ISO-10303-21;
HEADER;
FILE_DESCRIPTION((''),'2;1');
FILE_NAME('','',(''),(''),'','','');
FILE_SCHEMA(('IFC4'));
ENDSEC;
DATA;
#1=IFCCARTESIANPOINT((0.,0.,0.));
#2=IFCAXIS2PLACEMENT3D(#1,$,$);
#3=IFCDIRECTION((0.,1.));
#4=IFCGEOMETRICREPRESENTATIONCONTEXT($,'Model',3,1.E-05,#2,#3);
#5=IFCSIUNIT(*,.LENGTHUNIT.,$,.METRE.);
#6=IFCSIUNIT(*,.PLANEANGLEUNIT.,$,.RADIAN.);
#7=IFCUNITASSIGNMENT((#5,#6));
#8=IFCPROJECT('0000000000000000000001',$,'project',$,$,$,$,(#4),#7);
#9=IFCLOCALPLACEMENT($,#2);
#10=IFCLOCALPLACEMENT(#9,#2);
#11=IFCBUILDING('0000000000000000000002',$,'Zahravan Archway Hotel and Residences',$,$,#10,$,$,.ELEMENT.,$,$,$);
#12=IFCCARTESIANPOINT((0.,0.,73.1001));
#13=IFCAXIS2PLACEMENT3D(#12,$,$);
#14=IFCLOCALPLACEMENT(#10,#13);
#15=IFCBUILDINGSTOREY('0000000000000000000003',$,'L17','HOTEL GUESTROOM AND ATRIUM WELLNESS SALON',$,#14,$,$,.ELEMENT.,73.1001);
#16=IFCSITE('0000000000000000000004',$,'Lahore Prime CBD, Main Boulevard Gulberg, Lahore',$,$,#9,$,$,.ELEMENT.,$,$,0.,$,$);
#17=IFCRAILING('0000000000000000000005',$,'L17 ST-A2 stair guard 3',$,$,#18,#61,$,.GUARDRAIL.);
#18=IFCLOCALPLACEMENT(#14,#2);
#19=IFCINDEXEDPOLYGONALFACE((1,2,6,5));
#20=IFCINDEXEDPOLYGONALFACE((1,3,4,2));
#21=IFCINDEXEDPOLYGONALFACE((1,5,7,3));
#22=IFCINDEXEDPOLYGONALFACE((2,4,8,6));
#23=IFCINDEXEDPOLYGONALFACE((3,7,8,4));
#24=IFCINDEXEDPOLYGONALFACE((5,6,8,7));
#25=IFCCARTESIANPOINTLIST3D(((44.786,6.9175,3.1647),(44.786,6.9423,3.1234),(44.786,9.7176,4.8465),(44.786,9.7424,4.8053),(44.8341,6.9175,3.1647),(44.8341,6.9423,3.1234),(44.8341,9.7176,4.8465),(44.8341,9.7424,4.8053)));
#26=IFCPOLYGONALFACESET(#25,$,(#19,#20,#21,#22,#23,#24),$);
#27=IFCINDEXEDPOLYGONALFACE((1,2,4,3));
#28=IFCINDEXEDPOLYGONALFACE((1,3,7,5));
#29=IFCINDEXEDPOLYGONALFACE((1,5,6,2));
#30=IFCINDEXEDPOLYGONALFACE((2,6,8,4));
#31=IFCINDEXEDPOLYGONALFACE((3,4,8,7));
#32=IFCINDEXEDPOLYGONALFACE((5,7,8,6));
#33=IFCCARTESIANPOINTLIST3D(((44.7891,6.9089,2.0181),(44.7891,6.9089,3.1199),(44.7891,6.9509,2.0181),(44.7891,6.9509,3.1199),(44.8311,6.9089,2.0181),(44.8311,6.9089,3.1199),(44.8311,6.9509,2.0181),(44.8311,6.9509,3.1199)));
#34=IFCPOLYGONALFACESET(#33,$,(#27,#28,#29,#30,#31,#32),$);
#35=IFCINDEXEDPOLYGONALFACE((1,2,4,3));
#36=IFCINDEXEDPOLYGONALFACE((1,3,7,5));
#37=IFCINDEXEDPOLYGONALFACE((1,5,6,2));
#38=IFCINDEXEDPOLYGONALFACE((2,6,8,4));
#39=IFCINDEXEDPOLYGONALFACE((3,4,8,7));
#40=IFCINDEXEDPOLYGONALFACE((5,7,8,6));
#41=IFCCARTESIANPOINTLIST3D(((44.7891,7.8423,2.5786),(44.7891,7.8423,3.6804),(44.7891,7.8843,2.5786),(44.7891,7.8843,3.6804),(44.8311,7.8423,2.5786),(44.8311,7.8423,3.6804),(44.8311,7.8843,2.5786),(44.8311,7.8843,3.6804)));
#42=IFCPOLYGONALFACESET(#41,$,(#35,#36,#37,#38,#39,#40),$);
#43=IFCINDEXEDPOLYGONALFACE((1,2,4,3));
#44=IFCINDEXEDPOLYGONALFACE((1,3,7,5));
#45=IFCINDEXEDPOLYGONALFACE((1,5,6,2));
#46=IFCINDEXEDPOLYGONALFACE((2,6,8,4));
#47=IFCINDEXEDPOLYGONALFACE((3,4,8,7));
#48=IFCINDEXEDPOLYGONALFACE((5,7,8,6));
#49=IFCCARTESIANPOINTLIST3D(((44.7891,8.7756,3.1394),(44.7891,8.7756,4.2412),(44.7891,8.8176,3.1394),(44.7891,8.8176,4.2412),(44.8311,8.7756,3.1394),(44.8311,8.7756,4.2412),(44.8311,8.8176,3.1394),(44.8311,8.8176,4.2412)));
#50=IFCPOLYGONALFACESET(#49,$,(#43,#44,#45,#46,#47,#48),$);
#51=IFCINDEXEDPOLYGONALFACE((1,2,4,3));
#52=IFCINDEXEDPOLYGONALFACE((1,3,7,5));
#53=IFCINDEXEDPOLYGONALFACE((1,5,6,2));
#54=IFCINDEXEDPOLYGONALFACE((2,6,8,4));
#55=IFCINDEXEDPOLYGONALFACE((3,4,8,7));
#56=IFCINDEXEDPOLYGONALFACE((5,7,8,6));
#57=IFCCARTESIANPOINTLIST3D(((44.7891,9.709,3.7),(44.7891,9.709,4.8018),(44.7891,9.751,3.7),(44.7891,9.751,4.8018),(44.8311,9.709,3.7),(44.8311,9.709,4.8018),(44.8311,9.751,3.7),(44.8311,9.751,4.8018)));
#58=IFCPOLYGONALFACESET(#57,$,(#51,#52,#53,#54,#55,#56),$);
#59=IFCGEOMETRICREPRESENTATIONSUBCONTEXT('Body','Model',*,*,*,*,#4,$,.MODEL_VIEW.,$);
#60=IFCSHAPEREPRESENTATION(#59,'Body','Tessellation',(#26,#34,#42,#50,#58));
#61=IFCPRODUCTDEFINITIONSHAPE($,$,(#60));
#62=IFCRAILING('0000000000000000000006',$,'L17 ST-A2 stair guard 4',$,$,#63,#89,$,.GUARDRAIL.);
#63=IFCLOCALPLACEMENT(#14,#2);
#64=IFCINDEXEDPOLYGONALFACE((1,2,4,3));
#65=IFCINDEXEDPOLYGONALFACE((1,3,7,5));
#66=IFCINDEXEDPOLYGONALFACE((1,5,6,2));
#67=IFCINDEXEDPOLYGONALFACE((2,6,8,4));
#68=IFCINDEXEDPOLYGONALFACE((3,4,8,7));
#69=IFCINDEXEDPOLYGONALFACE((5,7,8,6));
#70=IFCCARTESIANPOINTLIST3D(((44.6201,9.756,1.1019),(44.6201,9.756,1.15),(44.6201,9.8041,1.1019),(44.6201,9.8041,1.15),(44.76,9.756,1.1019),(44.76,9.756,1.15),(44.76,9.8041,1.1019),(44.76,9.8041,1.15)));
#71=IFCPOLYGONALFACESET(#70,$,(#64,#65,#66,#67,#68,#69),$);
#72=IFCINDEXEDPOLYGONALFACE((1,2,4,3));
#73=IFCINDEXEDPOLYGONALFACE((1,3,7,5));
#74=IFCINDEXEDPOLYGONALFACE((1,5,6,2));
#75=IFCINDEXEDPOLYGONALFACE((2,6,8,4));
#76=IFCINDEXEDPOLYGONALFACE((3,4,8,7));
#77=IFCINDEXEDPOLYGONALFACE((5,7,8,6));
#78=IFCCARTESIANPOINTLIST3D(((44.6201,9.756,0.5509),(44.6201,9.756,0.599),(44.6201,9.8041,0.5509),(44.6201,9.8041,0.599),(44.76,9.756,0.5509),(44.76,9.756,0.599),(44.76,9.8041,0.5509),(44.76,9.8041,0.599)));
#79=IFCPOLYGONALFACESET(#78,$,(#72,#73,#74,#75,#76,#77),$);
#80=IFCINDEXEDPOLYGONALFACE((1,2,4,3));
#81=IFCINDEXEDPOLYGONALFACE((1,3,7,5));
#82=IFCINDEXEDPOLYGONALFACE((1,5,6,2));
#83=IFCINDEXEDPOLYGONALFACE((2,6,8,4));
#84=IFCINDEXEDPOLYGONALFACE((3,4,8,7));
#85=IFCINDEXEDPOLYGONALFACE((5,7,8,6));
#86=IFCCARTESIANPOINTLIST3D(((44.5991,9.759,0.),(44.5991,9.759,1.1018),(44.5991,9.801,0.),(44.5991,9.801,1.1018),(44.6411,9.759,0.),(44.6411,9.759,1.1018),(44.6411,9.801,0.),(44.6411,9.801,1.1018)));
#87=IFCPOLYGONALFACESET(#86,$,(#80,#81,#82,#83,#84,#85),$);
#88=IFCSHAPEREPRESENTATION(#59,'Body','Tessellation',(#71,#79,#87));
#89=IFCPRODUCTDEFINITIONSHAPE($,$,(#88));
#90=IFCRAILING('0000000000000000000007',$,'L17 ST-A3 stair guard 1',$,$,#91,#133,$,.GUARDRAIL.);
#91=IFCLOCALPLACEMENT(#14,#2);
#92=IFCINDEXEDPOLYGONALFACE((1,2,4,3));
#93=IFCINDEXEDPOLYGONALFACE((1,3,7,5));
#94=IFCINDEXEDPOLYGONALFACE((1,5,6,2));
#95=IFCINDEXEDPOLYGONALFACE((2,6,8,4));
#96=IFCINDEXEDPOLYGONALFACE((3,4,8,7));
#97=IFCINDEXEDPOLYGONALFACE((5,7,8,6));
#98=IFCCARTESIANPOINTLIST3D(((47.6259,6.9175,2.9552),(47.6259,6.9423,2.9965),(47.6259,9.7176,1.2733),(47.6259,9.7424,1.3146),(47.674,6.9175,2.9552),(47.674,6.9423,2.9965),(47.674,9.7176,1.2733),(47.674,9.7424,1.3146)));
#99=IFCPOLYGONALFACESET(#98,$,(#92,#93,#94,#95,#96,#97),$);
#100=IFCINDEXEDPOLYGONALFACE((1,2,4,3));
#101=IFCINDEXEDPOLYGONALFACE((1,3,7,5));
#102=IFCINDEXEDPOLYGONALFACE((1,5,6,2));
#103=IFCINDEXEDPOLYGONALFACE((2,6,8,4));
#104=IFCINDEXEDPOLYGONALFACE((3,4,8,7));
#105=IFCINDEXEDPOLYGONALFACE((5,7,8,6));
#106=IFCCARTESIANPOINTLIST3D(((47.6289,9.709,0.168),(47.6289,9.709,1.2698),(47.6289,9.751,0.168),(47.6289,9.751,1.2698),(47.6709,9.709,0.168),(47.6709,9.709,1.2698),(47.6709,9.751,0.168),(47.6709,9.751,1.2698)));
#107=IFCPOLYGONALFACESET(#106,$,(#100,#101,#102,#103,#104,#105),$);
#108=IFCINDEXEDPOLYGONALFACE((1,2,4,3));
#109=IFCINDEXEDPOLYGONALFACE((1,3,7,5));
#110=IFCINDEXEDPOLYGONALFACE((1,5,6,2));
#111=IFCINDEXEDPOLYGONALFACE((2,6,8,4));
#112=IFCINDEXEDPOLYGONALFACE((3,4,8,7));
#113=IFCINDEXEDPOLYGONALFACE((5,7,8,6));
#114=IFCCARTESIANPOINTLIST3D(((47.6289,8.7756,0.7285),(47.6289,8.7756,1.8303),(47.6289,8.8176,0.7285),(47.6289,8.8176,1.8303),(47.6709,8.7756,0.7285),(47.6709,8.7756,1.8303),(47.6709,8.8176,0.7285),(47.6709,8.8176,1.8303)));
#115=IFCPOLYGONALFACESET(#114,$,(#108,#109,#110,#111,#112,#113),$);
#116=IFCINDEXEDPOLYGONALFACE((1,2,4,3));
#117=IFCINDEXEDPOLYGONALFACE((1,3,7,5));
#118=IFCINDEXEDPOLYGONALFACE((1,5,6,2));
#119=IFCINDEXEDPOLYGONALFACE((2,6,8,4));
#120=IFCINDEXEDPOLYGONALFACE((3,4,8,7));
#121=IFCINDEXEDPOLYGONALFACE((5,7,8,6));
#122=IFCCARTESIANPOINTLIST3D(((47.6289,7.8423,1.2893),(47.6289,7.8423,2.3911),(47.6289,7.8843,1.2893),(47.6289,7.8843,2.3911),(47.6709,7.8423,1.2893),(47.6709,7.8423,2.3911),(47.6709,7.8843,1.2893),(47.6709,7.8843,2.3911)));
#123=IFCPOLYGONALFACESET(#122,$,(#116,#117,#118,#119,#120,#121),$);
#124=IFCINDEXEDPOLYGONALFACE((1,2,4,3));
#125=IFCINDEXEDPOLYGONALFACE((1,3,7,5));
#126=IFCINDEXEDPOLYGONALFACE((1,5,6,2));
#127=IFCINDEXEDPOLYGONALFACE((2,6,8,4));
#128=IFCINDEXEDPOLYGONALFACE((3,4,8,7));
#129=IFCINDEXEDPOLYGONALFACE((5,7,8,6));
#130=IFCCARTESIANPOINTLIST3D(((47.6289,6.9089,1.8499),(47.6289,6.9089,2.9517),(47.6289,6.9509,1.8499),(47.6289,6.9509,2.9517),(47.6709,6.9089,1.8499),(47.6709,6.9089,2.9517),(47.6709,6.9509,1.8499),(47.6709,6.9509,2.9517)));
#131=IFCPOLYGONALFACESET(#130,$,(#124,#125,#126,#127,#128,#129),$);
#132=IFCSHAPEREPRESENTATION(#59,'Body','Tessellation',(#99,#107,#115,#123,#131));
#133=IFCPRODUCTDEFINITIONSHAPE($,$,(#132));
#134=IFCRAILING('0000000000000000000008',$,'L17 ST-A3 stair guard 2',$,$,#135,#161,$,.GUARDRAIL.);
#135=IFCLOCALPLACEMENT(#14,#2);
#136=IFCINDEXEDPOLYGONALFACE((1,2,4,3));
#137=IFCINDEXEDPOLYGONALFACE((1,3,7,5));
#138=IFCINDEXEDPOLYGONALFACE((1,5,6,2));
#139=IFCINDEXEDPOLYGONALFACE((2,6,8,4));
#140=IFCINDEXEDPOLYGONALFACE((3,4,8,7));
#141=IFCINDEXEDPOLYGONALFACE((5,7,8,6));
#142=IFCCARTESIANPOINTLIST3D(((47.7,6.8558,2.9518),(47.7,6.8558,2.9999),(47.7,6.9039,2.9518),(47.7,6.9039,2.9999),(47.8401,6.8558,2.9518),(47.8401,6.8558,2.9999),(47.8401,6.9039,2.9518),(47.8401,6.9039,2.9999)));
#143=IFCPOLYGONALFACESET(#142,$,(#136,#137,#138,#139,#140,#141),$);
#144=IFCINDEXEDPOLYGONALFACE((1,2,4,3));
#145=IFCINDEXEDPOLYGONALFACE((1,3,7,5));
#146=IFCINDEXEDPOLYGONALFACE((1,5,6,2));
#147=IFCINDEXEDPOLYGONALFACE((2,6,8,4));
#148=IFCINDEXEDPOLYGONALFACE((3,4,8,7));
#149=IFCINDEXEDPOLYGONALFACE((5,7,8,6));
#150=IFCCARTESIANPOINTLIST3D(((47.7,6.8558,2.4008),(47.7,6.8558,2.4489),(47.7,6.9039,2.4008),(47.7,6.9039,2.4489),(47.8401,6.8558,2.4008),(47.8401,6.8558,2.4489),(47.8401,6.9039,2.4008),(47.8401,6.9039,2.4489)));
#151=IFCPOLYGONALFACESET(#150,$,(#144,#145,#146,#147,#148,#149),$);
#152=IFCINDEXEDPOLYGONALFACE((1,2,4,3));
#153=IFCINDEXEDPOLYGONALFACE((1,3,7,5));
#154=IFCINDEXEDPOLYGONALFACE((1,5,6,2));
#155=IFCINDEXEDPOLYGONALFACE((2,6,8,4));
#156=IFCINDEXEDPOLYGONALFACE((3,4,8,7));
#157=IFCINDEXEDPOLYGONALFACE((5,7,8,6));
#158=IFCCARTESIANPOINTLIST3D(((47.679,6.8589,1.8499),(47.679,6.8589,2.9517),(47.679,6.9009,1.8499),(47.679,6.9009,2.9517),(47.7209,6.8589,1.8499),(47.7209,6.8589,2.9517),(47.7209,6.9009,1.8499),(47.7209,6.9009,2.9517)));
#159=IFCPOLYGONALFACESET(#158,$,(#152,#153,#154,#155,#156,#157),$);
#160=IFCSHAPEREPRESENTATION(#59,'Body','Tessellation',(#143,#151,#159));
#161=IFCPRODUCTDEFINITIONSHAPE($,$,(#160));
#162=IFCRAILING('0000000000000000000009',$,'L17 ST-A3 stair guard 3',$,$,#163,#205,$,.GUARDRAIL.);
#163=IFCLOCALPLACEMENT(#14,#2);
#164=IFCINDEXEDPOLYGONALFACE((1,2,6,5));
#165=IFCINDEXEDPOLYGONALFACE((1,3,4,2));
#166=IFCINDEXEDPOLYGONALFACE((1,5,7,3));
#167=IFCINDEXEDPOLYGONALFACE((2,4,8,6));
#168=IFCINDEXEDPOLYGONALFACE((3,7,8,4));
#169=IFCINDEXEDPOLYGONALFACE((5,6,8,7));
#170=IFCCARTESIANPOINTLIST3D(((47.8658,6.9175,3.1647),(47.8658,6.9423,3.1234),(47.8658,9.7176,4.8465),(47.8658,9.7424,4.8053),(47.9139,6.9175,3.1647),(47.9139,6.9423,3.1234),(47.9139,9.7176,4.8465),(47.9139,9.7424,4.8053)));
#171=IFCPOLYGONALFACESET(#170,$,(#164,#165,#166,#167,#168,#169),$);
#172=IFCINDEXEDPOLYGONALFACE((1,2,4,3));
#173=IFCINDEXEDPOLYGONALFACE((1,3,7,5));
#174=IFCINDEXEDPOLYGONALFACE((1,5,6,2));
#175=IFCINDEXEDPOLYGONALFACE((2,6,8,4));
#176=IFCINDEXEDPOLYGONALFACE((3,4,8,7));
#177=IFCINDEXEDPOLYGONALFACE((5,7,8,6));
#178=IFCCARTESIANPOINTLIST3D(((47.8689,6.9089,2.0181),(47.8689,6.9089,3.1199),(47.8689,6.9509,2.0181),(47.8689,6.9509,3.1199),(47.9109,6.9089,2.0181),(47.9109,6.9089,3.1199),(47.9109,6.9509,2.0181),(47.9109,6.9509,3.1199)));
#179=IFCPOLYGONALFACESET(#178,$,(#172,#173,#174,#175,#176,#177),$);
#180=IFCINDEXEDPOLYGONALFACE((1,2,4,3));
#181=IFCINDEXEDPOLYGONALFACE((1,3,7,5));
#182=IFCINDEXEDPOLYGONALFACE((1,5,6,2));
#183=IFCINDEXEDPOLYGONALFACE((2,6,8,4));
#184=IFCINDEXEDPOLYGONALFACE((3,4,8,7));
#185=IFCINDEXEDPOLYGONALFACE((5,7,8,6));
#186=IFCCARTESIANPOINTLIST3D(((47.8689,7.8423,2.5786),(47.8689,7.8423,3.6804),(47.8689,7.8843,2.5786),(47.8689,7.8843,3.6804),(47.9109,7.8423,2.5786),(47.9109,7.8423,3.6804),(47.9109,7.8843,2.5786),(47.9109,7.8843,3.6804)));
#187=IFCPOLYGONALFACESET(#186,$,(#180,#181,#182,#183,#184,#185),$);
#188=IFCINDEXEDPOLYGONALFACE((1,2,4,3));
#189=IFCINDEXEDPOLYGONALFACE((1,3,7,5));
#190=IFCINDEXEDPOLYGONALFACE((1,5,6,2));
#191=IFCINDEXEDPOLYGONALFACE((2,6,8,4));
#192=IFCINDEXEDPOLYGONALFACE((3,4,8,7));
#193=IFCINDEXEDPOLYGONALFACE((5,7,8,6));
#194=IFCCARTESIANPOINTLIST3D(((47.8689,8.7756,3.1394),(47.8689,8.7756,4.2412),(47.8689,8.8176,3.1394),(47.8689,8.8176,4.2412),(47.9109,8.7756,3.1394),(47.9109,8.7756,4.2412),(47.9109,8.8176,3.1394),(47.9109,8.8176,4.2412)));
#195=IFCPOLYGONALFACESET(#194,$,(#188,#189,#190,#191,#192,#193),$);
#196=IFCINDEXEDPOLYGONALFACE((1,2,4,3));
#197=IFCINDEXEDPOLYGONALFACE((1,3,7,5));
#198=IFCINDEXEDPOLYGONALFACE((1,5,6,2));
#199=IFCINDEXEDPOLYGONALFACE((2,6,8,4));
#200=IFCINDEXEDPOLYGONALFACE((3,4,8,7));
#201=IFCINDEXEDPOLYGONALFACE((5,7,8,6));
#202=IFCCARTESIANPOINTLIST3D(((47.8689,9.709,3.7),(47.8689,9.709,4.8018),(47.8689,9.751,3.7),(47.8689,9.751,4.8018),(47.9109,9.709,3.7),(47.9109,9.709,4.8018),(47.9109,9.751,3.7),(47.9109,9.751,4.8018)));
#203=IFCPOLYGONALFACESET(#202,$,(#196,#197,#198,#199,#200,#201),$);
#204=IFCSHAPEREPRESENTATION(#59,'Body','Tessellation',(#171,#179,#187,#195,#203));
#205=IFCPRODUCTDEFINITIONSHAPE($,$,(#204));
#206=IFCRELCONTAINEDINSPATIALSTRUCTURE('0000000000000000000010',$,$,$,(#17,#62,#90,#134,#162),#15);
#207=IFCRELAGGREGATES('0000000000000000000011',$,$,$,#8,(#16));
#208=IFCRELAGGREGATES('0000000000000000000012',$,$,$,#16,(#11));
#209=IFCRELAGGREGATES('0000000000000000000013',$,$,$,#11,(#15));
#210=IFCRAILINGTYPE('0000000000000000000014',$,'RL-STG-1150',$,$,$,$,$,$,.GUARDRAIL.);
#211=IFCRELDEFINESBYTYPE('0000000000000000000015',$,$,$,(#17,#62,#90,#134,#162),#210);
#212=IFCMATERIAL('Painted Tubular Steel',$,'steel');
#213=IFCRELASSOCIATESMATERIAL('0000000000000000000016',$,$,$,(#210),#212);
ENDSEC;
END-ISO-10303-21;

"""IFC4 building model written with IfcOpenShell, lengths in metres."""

from ifc_helpers import new_model, si_unit, direction, frame, origin, origin_2d, place, context, subcontext, project, spatial, rectangle, extrude, material, type_object, element, save


model = new_model("IFC4")

# Units and contexts
model_context = context("Model", 3, precision=1e-05, world=origin(), true_north=direction((0.0, 1.0)))
body_context = subcontext(model_context, "Body", "Model", "MODEL_VIEW")
ifc_project = project(units=[si_unit("LENGTHUNIT", "METRE"), si_unit("PLANEANGLEUNIT", "RADIAN")], contexts=[model_context])

# Site, building, storey
site_placement = place(None, origin())
site = spatial("IfcSite", under=ifc_project, at=site_placement, Name="Lahore Prime CBD, Main Boulevard Gulberg, Lahore", CompositionType="ELEMENT", RefElevation=0.0)
building_placement = place(site_placement, origin())
building = spatial("IfcBuilding", under=site, at=building_placement, Name="Zahravan Archway Hotel and Residences", CompositionType="ELEMENT")
storey_placement = place(building_placement, frame((0.0, 0.0, 73.1001)))
storey = spatial("IfcBuildingStorey", under=building, at=storey_placement, Name="L17", Description="HOTEL GUESTROOM AND ATRIUM WELLNESS SALON", CompositionType="ELEMENT", Elevation=73.1001)

# Railings
ifc_material_1 = material(Name="Painted Tubular Steel", Category="steel")
railing_type_1 = type_object("IfcRailingType", Name="RL-STG-1150", PredefinedType="GUARDRAIL", material=ifc_material_1)
railing_1_placement = place(storey_placement, frame((44.8101, 6.9299, 2.0181)))
element("IfcRailing", 1, at=railing_1_placement, inside=storey, type_object=railing_type_1, Name="L17 ST-A2 stair guard 3", PredefinedType="GUARDRAIL", context=body_context, shape_type="SweptSolid", body=[
    extrude(rectangle(XDim=0.0481, YDim=0.0481, at=origin_2d()), frame((0.0, 0.0, 1.126), z_axis=(0.0, 0.857242, 0.514913), x_axis=(-1.0, 0.0, 0.0)), (0.0, 0.0, 1.0), 3.2664),
    extrude(rectangle(XDim=0.042, YDim=0.042, at=origin_2d()), origin(), (0.0, 0.0, 1.0), 1.1018),
    extrude(rectangle(XDim=0.042, YDim=0.042, at=origin_2d()), frame((0.0, 0.9333, 0.5605)), (0.0, 0.0, 1.0), 1.1018),
    extrude(rectangle(XDim=0.042, YDim=0.042, at=origin_2d()), frame((0.0, 1.8667, 1.1213)), (0.0, 0.0, 1.0), 1.1018),
    extrude(rectangle(XDim=0.042, YDim=0.042, at=origin_2d()), frame((0.0, 2.8, 1.6819)), (0.0, 0.0, 1.0), 1.1018),
])
railing_2_placement = place(storey_placement, frame((44.6201, 9.78, 0.0)))
element("IfcRailing", 2, at=railing_2_placement, inside=storey, type_object=railing_type_1, Name="L17 ST-A2 stair guard 4", PredefinedType="GUARDRAIL", context=body_context, shape_type="SweptSolid", body=[
    extrude(rectangle(XDim=0.0481, YDim=0.0481, at=origin_2d()), frame((0.0, 0.0, 1.126), z_axis=(1.0, 0.0, 0.0), x_axis=(0.0, 1.0, 0.0)), (0.0, 0.0, 1.0), 0.1399),
    extrude(rectangle(XDim=0.0481, YDim=0.0481, at=origin_2d()), frame((0.0, 0.0, 0.575), z_axis=(1.0, 0.0, 0.0), x_axis=(0.0, 1.0, 0.0)), (0.0, 0.0, 1.0), 0.1399),
    extrude(rectangle(XDim=0.042, YDim=0.042, at=origin_2d()), origin(), (0.0, 0.0, 1.0), 1.1018),
])
railing_3_placement = place(storey_placement, frame((47.6499, 9.73, 0.168)))
element("IfcRailing", 3, at=railing_3_placement, inside=storey, type_object=railing_type_1, Name="L17 ST-A3 stair guard 1", PredefinedType="GUARDRAIL", context=body_context, shape_type="SweptSolid", body=[
    extrude(rectangle(XDim=0.0481, YDim=0.0481, at=origin_2d()), frame((0.0, 0.0, 1.126), z_axis=(0.0, -0.857242, 0.514913), x_axis=(1.0, 0.0, 0.0)), (0.0, 0.0, 1.0), 3.2664),
    extrude(rectangle(XDim=0.042, YDim=0.042, at=origin_2d()), origin(), (0.0, 0.0, 1.0), 1.1018),
    extrude(rectangle(XDim=0.042, YDim=0.042, at=origin_2d()), frame((0.0, -0.9333, 0.5605)), (0.0, 0.0, 1.0), 1.1018),
    extrude(rectangle(XDim=0.042, YDim=0.042, at=origin_2d()), frame((0.0, -1.8667, 1.1213)), (0.0, 0.0, 1.0), 1.1018),
    extrude(rectangle(XDim=0.042, YDim=0.042, at=origin_2d()), frame((0.0, -2.8, 1.6819)), (0.0, 0.0, 1.0), 1.1018),
])
railing_4_placement = place(storey_placement, frame((47.7, 6.8799, 1.8499)))
element("IfcRailing", 4, at=railing_4_placement, inside=storey, type_object=railing_type_1, Name="L17 ST-A3 stair guard 2", PredefinedType="GUARDRAIL", context=body_context, shape_type="SweptSolid", body=[
    extrude(rectangle(XDim=0.0481, YDim=0.0481, at=origin_2d()), frame((0.0, 0.0, 1.126), z_axis=(1.0, 0.0, 0.0), x_axis=(0.0, 1.0, 0.0)), (0.0, 0.0, 1.0), 0.1401),
    extrude(rectangle(XDim=0.0481, YDim=0.0481, at=origin_2d()), frame((0.0, 0.0, 0.575), z_axis=(1.0, 0.0, 0.0), x_axis=(0.0, 1.0, 0.0)), (0.0, 0.0, 1.0), 0.1401),
    extrude(rectangle(XDim=0.042, YDim=0.042, at=origin_2d()), origin(), (0.0, 0.0, 1.0), 1.1018),
])
railing_5_placement = place(storey_placement, frame((47.8899, 6.9299, 2.0181)))
element("IfcRailing", 5, at=railing_5_placement, inside=storey, type_object=railing_type_1, Name="L17 ST-A3 stair guard 3", PredefinedType="GUARDRAIL", context=body_context, shape_type="SweptSolid", body=[
    extrude(rectangle(XDim=0.0481, YDim=0.0481, at=origin_2d()), frame((0.0, 0.0, 1.126), z_axis=(0.0, 0.857242, 0.514913), x_axis=(-1.0, 0.0, 0.0)), (0.0, 0.0, 1.0), 3.2664),
    extrude(rectangle(XDim=0.042, YDim=0.042, at=origin_2d()), origin(), (0.0, 0.0, 1.0), 1.1018),
    extrude(rectangle(XDim=0.042, YDim=0.042, at=origin_2d()), frame((0.0, 0.9333, 0.5605)), (0.0, 0.0, 1.0), 1.1018),
    extrude(rectangle(XDim=0.042, YDim=0.042, at=origin_2d()), frame((0.0, 1.8667, 1.1213)), (0.0, 0.0, 1.0), 1.1018),
    extrude(rectangle(XDim=0.042, YDim=0.042, at=origin_2d()), frame((0.0, 2.8, 1.6819)), (0.0, 0.0, 1.0), 1.1018),
])

save(model, "model.ifc")
